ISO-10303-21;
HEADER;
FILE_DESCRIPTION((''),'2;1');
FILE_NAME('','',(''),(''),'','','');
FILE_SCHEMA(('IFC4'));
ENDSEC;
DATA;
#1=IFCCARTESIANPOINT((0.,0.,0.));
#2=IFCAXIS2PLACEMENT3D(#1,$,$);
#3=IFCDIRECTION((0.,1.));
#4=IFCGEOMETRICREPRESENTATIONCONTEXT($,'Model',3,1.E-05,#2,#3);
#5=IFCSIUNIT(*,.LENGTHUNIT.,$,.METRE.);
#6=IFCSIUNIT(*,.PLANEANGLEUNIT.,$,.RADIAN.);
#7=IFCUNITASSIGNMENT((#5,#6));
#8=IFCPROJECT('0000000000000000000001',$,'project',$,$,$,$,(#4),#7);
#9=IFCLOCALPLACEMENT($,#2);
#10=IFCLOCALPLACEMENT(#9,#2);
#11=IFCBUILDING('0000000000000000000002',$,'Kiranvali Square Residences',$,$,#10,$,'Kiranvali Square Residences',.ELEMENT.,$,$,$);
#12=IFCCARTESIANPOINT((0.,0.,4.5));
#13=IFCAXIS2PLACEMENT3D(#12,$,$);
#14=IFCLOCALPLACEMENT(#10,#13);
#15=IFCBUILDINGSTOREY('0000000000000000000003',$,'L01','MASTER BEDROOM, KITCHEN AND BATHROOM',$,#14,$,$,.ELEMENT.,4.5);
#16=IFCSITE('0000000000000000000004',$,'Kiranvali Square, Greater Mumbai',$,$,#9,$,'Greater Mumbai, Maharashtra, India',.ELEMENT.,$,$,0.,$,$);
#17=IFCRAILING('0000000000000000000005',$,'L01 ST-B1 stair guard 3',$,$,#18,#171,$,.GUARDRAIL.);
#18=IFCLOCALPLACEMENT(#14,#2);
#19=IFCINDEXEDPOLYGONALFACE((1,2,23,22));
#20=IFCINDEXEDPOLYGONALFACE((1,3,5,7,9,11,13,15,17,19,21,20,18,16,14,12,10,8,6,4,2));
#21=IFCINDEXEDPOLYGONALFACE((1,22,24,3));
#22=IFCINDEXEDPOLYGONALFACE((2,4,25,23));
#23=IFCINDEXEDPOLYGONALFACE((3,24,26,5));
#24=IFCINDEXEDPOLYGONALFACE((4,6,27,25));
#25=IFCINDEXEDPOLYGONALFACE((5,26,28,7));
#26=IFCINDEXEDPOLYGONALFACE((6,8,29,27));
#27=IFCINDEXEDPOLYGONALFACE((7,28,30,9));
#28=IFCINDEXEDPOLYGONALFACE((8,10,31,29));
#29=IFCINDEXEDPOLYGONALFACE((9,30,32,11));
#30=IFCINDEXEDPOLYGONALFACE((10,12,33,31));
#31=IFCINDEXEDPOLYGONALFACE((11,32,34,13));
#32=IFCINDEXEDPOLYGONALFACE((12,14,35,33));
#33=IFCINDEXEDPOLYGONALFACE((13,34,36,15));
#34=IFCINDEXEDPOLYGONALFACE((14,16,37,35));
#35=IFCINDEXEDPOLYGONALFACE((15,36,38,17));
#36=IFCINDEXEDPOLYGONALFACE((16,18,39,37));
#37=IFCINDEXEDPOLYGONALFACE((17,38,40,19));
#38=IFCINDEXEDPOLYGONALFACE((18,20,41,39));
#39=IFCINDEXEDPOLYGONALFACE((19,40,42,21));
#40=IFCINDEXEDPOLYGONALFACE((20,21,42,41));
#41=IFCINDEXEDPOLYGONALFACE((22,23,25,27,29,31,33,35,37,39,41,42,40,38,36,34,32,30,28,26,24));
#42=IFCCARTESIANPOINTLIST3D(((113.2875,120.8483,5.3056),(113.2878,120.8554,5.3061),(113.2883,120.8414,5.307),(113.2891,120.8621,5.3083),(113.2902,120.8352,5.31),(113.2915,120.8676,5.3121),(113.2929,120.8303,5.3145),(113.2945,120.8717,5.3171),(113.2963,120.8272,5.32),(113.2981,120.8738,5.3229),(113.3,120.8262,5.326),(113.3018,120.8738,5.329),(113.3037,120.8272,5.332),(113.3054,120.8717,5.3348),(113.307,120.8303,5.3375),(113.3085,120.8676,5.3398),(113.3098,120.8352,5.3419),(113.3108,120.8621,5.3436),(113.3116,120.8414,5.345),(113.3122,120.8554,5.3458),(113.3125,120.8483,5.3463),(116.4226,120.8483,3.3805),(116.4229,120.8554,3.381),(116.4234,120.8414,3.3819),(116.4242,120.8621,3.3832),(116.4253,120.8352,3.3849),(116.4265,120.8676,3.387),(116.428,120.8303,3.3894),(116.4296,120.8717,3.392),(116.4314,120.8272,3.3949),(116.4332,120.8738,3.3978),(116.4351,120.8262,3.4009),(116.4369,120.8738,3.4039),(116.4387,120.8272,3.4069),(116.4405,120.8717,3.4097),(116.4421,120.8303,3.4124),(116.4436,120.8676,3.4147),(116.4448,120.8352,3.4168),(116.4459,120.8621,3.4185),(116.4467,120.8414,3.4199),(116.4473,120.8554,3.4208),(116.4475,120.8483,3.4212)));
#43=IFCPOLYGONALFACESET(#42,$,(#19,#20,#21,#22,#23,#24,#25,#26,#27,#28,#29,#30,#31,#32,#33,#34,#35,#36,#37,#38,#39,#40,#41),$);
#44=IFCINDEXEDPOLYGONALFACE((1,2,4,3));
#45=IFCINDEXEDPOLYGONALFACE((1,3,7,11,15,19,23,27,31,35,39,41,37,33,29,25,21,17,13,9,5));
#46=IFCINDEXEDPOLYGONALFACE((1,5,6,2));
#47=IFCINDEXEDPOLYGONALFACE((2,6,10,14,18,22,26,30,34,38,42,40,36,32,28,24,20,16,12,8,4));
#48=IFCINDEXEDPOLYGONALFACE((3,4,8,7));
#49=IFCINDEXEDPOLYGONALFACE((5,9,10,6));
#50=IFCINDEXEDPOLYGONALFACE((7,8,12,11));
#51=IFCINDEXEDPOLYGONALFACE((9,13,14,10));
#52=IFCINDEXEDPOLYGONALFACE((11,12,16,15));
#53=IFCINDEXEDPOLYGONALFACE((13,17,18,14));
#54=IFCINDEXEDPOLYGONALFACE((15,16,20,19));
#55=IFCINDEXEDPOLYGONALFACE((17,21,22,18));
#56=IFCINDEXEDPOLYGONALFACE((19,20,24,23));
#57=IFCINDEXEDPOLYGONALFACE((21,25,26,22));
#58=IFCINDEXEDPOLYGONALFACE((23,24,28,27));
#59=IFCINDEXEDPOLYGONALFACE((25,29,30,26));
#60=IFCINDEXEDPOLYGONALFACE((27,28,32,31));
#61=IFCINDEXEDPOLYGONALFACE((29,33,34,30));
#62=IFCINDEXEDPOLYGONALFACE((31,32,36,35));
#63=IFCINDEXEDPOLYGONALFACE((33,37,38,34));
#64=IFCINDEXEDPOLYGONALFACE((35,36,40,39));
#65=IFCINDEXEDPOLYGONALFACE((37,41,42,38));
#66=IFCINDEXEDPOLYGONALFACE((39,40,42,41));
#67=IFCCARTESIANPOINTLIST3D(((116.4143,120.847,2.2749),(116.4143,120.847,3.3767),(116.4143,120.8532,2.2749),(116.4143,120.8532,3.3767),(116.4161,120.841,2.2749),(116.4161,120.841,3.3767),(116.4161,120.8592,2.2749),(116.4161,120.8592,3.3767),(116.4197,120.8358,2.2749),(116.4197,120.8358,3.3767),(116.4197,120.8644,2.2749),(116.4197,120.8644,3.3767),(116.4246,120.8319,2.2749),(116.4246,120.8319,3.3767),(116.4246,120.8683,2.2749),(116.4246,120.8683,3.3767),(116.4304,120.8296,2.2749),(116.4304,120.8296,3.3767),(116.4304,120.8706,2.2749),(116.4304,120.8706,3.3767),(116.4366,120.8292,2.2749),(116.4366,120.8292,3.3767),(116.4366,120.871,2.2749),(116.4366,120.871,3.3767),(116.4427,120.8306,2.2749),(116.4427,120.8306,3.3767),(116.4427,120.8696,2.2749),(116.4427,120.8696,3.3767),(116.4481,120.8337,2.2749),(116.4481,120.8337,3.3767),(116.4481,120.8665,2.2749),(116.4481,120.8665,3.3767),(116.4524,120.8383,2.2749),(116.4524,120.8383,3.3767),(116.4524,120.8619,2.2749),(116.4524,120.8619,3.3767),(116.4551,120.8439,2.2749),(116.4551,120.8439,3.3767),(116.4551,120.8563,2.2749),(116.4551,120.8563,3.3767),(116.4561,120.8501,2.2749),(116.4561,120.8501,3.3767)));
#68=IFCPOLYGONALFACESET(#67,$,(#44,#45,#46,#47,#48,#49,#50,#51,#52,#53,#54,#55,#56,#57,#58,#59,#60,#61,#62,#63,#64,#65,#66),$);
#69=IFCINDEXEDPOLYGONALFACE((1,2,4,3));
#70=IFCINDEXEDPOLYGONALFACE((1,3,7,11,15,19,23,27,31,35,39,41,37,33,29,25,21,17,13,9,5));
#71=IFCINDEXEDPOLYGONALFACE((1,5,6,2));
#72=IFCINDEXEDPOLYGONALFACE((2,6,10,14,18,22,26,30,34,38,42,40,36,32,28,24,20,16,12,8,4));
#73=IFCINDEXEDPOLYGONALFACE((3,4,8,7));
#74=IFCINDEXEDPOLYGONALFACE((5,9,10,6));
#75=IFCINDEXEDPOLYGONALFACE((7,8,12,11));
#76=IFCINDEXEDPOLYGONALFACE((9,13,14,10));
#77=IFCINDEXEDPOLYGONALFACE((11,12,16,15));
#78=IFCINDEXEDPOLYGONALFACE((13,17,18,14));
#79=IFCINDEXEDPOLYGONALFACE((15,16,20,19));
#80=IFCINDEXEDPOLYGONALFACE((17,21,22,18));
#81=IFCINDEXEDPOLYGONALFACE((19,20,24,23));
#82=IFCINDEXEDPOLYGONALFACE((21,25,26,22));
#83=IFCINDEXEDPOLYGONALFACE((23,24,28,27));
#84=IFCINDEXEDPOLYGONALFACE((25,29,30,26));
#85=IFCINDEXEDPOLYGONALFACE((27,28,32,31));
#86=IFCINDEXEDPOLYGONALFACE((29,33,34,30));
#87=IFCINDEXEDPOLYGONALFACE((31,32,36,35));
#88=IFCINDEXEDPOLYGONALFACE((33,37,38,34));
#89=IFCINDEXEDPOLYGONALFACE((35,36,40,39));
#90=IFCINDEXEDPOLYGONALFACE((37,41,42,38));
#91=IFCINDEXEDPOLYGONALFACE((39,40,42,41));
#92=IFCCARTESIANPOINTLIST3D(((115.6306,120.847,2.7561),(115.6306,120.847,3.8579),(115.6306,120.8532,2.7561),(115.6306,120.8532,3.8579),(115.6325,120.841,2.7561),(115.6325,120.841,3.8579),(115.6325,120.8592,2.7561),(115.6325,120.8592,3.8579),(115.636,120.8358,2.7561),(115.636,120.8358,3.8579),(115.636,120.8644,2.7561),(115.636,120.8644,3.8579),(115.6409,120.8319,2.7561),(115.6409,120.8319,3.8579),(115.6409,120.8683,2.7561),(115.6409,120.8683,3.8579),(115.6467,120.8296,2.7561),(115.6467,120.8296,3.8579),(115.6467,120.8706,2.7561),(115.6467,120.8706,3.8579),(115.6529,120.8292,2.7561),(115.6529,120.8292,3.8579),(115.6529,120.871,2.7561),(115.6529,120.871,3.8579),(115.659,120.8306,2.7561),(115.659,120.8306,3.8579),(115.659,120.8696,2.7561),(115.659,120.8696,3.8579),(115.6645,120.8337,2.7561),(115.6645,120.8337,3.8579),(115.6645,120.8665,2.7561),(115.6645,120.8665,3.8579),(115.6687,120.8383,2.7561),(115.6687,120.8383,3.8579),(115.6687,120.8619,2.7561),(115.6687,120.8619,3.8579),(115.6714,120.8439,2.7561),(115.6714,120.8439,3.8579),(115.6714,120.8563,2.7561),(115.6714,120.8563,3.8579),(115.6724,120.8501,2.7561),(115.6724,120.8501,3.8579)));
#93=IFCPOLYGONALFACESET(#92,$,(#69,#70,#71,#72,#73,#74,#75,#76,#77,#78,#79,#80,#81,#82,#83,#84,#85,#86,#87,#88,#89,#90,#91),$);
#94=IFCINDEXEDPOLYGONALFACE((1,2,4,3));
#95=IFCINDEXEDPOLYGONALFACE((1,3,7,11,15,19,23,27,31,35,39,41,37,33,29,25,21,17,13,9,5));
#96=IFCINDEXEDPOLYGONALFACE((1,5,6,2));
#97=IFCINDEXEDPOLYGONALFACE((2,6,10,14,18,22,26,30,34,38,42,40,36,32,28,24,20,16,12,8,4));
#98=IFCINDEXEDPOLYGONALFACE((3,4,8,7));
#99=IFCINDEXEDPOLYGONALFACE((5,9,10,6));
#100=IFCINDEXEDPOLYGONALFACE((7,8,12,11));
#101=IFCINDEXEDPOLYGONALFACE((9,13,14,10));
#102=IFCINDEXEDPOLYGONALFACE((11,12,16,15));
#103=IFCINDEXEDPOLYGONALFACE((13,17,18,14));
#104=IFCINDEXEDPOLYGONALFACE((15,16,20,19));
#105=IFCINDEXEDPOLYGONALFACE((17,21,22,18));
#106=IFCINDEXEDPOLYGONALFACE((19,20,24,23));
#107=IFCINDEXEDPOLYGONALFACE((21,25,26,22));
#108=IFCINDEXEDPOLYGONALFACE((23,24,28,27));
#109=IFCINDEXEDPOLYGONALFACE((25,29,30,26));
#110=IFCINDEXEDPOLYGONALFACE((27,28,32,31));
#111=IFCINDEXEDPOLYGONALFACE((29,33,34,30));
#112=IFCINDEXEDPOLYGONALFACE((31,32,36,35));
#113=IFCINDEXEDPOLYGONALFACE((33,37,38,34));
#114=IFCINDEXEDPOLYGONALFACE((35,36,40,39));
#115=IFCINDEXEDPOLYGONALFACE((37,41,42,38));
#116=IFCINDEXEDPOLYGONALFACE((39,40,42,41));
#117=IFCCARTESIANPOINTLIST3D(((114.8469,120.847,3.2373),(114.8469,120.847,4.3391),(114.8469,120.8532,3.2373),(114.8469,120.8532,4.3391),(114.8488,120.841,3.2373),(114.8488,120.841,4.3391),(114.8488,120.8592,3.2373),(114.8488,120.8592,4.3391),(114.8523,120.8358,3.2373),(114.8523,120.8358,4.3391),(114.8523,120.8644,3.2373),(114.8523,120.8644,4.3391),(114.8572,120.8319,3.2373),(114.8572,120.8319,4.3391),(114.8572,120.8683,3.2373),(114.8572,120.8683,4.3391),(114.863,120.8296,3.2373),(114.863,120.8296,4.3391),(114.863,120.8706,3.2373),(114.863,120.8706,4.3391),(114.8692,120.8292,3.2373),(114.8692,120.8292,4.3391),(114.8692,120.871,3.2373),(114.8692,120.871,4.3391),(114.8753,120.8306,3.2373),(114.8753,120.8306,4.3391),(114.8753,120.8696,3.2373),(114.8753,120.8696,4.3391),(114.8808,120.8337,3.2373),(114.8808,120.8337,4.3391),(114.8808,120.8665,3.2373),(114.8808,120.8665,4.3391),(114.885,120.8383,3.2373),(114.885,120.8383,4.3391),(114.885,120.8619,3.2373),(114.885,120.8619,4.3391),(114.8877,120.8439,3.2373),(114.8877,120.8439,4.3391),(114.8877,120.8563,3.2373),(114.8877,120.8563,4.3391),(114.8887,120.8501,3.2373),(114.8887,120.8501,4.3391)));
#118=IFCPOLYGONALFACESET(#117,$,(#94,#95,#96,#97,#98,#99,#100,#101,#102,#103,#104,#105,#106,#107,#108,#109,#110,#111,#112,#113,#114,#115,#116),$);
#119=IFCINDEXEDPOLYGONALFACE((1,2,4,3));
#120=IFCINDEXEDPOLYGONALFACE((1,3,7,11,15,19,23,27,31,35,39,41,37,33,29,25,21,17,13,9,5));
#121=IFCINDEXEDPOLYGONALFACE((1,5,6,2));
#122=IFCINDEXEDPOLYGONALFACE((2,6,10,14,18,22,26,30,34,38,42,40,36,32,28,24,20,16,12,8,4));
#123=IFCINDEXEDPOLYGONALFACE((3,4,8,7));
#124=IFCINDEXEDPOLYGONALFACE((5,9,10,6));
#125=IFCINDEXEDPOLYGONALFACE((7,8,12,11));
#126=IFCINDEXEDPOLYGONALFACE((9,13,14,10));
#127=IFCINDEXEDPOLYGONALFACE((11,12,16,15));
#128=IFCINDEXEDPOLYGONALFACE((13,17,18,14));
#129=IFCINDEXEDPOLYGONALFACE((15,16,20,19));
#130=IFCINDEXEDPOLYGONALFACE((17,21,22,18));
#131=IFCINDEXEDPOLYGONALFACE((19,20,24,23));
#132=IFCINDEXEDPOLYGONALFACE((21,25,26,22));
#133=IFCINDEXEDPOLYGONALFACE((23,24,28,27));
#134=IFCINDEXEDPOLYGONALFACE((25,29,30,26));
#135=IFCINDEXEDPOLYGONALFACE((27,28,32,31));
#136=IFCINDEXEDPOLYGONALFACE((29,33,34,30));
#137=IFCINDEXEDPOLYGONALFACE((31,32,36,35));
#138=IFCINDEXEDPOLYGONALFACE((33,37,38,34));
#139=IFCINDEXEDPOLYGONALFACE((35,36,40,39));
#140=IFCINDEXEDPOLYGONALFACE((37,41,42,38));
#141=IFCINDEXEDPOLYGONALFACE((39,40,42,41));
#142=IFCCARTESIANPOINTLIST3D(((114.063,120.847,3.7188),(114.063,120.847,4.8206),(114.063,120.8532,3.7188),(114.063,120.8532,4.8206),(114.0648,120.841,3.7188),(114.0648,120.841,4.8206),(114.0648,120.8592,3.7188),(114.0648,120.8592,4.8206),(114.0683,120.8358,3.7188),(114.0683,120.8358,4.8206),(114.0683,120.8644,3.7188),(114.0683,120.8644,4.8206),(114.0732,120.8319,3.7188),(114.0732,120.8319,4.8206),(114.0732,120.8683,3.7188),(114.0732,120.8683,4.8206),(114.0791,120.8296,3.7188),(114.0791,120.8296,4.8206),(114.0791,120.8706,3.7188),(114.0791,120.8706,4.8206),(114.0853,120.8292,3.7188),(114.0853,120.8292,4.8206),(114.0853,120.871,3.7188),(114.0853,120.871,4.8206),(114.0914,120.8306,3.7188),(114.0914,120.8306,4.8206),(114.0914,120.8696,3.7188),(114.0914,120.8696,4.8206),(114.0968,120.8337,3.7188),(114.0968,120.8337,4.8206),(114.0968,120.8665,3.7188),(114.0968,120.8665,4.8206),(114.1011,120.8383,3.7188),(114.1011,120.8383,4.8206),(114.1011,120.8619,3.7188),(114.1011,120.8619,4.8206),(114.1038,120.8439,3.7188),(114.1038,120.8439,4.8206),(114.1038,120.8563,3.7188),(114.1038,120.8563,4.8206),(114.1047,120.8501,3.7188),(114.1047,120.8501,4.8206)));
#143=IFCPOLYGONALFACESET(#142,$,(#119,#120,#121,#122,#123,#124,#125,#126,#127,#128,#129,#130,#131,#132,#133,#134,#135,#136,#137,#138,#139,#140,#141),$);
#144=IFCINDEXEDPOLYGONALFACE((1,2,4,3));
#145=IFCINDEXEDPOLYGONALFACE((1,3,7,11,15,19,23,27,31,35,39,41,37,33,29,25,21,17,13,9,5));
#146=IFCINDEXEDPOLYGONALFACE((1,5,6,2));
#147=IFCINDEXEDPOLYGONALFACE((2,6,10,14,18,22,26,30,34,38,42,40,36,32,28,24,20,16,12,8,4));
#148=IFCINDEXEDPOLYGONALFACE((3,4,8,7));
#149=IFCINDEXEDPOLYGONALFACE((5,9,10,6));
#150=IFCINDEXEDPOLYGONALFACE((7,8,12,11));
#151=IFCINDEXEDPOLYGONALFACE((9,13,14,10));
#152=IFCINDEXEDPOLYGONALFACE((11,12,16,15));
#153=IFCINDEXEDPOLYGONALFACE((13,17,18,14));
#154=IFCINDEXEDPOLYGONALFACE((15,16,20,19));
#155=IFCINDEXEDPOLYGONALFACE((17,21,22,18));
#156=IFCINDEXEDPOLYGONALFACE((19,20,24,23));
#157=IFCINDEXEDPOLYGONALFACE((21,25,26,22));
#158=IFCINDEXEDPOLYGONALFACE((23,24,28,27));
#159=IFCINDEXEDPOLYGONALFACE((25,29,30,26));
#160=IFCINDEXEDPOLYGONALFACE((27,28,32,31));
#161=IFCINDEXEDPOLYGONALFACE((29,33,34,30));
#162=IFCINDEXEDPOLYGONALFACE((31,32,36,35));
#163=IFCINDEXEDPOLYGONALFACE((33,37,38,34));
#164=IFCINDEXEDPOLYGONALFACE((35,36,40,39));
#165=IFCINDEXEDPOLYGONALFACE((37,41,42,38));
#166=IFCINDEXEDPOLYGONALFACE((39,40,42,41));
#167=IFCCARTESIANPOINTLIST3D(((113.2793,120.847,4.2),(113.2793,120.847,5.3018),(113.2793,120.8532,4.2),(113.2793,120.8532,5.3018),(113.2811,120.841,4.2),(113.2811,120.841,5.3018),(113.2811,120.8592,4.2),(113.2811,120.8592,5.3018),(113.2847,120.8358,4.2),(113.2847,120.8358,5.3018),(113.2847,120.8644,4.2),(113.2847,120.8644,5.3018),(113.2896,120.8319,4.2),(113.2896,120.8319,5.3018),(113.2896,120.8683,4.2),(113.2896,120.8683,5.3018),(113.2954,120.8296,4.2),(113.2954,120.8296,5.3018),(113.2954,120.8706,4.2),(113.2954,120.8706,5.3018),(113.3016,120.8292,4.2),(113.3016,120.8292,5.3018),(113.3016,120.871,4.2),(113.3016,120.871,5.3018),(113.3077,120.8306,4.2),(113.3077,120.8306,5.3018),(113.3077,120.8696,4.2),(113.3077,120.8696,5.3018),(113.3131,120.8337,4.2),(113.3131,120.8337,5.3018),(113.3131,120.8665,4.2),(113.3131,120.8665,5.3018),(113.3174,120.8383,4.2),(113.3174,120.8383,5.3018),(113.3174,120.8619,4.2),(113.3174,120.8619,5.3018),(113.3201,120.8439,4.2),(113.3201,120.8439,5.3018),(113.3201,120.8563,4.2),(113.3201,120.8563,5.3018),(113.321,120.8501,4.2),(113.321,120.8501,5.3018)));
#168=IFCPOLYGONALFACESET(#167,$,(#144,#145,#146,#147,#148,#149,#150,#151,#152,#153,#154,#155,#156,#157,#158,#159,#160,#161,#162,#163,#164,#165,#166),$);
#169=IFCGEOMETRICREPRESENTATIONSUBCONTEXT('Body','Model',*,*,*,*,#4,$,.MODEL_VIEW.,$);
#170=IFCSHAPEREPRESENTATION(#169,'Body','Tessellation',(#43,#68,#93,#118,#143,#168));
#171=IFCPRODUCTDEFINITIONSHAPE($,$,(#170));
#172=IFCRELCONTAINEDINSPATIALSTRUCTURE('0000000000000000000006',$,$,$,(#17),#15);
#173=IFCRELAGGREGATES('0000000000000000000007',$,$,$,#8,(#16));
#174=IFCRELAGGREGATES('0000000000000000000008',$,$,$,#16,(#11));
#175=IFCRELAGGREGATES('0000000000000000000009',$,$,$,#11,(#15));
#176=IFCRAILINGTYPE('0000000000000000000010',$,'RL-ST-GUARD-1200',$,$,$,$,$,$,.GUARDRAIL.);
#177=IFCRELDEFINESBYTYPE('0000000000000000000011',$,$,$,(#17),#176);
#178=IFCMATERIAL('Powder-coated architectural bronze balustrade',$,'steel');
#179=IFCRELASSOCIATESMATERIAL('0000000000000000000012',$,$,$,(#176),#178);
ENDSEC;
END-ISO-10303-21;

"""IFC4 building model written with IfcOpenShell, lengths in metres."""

from ifc_helpers import new_model, si_unit, direction, frame, origin, origin_2d, place, context, subcontext, project, spatial, circle, extrude, material, type_object, element, save


model = new_model("IFC4")

# Units and contexts
model_context = context("Model", 3, precision=1e-05, world=origin(), true_north=direction((0.0, 1.0)))
body_context = subcontext(model_context, "Body", "Model", "MODEL_VIEW")
ifc_project = project(units=[si_unit("LENGTHUNIT", "METRE"), si_unit("PLANEANGLEUNIT", "RADIAN")], contexts=[model_context])

# Site, building, storey
site_placement = place(None, origin())
site = spatial("IfcSite", under=ifc_project, at=site_placement, Name="Kiranvali Square, Greater Mumbai", LongName="Greater Mumbai, Maharashtra, India", CompositionType="ELEMENT", RefElevation=0.0)
building_placement = place(site_placement, origin())
building = spatial("IfcBuilding", under=site, at=building_placement, Name="Kiranvali Square Residences", LongName="Kiranvali Square Residences", CompositionType="ELEMENT")
storey_placement = place(building_placement, frame((0.0, 0.0, 4.5)))
storey = spatial("IfcBuildingStorey", under=building, at=storey_placement, Name="L01", Description="MASTER BEDROOM, KITCHEN AND BATHROOM", CompositionType="ELEMENT", Elevation=4.5)

# Railing
ifc_material_1 = material(Name="Powder-coated architectural bronze balustrade", Category="steel")
railing_type_1 = type_object("IfcRailingType", Name="RL-ST-GUARD-1200", PredefinedType="GUARDRAIL", material=ifc_material_1)
railing_1_placement = place(storey_placement, frame((116.4351, 120.8501, 2.2749)))
element("IfcRailing", 1, at=railing_1_placement, inside=storey, type_object=railing_type_1, Name="L01 ST-B1 stair guard 3", PredefinedType="GUARDRAIL", context=body_context, shape_type="SweptSolid", body=[
    extrude(circle(Radius=0.0239, at=origin_2d()), frame((0.0, 0.0, 1.126), z_axis=(-0.852166, 0.0, 0.523271), x_axis=(0.0, -1.0, 0.0)), (0.0, 0.0, 1.0), 3.679),
    extrude(circle(Radius=0.021, at=origin_2d()), origin(), (0.0, 0.0, 1.0), 1.1018),
    extrude(circle(Radius=0.021, at=origin_2d()), frame((-0.7837, 0.0, 0.4812)), (0.0, 0.0, 1.0), 1.1018),
    extrude(circle(Radius=0.021, at=origin_2d()), frame((-1.5674, 0.0, 0.9624)), (0.0, 0.0, 1.0), 1.1018),
    extrude(circle(Radius=0.021, at=origin_2d()), frame((-2.3513, 0.0, 1.4438)), (0.0, 0.0, 1.0), 1.1018),
    extrude(circle(Radius=0.021, at=origin_2d()), frame((-3.135, 0.0, 1.925)), (0.0, 0.0, 1.0), 1.1018),
])

save(model, "model.ifc")
